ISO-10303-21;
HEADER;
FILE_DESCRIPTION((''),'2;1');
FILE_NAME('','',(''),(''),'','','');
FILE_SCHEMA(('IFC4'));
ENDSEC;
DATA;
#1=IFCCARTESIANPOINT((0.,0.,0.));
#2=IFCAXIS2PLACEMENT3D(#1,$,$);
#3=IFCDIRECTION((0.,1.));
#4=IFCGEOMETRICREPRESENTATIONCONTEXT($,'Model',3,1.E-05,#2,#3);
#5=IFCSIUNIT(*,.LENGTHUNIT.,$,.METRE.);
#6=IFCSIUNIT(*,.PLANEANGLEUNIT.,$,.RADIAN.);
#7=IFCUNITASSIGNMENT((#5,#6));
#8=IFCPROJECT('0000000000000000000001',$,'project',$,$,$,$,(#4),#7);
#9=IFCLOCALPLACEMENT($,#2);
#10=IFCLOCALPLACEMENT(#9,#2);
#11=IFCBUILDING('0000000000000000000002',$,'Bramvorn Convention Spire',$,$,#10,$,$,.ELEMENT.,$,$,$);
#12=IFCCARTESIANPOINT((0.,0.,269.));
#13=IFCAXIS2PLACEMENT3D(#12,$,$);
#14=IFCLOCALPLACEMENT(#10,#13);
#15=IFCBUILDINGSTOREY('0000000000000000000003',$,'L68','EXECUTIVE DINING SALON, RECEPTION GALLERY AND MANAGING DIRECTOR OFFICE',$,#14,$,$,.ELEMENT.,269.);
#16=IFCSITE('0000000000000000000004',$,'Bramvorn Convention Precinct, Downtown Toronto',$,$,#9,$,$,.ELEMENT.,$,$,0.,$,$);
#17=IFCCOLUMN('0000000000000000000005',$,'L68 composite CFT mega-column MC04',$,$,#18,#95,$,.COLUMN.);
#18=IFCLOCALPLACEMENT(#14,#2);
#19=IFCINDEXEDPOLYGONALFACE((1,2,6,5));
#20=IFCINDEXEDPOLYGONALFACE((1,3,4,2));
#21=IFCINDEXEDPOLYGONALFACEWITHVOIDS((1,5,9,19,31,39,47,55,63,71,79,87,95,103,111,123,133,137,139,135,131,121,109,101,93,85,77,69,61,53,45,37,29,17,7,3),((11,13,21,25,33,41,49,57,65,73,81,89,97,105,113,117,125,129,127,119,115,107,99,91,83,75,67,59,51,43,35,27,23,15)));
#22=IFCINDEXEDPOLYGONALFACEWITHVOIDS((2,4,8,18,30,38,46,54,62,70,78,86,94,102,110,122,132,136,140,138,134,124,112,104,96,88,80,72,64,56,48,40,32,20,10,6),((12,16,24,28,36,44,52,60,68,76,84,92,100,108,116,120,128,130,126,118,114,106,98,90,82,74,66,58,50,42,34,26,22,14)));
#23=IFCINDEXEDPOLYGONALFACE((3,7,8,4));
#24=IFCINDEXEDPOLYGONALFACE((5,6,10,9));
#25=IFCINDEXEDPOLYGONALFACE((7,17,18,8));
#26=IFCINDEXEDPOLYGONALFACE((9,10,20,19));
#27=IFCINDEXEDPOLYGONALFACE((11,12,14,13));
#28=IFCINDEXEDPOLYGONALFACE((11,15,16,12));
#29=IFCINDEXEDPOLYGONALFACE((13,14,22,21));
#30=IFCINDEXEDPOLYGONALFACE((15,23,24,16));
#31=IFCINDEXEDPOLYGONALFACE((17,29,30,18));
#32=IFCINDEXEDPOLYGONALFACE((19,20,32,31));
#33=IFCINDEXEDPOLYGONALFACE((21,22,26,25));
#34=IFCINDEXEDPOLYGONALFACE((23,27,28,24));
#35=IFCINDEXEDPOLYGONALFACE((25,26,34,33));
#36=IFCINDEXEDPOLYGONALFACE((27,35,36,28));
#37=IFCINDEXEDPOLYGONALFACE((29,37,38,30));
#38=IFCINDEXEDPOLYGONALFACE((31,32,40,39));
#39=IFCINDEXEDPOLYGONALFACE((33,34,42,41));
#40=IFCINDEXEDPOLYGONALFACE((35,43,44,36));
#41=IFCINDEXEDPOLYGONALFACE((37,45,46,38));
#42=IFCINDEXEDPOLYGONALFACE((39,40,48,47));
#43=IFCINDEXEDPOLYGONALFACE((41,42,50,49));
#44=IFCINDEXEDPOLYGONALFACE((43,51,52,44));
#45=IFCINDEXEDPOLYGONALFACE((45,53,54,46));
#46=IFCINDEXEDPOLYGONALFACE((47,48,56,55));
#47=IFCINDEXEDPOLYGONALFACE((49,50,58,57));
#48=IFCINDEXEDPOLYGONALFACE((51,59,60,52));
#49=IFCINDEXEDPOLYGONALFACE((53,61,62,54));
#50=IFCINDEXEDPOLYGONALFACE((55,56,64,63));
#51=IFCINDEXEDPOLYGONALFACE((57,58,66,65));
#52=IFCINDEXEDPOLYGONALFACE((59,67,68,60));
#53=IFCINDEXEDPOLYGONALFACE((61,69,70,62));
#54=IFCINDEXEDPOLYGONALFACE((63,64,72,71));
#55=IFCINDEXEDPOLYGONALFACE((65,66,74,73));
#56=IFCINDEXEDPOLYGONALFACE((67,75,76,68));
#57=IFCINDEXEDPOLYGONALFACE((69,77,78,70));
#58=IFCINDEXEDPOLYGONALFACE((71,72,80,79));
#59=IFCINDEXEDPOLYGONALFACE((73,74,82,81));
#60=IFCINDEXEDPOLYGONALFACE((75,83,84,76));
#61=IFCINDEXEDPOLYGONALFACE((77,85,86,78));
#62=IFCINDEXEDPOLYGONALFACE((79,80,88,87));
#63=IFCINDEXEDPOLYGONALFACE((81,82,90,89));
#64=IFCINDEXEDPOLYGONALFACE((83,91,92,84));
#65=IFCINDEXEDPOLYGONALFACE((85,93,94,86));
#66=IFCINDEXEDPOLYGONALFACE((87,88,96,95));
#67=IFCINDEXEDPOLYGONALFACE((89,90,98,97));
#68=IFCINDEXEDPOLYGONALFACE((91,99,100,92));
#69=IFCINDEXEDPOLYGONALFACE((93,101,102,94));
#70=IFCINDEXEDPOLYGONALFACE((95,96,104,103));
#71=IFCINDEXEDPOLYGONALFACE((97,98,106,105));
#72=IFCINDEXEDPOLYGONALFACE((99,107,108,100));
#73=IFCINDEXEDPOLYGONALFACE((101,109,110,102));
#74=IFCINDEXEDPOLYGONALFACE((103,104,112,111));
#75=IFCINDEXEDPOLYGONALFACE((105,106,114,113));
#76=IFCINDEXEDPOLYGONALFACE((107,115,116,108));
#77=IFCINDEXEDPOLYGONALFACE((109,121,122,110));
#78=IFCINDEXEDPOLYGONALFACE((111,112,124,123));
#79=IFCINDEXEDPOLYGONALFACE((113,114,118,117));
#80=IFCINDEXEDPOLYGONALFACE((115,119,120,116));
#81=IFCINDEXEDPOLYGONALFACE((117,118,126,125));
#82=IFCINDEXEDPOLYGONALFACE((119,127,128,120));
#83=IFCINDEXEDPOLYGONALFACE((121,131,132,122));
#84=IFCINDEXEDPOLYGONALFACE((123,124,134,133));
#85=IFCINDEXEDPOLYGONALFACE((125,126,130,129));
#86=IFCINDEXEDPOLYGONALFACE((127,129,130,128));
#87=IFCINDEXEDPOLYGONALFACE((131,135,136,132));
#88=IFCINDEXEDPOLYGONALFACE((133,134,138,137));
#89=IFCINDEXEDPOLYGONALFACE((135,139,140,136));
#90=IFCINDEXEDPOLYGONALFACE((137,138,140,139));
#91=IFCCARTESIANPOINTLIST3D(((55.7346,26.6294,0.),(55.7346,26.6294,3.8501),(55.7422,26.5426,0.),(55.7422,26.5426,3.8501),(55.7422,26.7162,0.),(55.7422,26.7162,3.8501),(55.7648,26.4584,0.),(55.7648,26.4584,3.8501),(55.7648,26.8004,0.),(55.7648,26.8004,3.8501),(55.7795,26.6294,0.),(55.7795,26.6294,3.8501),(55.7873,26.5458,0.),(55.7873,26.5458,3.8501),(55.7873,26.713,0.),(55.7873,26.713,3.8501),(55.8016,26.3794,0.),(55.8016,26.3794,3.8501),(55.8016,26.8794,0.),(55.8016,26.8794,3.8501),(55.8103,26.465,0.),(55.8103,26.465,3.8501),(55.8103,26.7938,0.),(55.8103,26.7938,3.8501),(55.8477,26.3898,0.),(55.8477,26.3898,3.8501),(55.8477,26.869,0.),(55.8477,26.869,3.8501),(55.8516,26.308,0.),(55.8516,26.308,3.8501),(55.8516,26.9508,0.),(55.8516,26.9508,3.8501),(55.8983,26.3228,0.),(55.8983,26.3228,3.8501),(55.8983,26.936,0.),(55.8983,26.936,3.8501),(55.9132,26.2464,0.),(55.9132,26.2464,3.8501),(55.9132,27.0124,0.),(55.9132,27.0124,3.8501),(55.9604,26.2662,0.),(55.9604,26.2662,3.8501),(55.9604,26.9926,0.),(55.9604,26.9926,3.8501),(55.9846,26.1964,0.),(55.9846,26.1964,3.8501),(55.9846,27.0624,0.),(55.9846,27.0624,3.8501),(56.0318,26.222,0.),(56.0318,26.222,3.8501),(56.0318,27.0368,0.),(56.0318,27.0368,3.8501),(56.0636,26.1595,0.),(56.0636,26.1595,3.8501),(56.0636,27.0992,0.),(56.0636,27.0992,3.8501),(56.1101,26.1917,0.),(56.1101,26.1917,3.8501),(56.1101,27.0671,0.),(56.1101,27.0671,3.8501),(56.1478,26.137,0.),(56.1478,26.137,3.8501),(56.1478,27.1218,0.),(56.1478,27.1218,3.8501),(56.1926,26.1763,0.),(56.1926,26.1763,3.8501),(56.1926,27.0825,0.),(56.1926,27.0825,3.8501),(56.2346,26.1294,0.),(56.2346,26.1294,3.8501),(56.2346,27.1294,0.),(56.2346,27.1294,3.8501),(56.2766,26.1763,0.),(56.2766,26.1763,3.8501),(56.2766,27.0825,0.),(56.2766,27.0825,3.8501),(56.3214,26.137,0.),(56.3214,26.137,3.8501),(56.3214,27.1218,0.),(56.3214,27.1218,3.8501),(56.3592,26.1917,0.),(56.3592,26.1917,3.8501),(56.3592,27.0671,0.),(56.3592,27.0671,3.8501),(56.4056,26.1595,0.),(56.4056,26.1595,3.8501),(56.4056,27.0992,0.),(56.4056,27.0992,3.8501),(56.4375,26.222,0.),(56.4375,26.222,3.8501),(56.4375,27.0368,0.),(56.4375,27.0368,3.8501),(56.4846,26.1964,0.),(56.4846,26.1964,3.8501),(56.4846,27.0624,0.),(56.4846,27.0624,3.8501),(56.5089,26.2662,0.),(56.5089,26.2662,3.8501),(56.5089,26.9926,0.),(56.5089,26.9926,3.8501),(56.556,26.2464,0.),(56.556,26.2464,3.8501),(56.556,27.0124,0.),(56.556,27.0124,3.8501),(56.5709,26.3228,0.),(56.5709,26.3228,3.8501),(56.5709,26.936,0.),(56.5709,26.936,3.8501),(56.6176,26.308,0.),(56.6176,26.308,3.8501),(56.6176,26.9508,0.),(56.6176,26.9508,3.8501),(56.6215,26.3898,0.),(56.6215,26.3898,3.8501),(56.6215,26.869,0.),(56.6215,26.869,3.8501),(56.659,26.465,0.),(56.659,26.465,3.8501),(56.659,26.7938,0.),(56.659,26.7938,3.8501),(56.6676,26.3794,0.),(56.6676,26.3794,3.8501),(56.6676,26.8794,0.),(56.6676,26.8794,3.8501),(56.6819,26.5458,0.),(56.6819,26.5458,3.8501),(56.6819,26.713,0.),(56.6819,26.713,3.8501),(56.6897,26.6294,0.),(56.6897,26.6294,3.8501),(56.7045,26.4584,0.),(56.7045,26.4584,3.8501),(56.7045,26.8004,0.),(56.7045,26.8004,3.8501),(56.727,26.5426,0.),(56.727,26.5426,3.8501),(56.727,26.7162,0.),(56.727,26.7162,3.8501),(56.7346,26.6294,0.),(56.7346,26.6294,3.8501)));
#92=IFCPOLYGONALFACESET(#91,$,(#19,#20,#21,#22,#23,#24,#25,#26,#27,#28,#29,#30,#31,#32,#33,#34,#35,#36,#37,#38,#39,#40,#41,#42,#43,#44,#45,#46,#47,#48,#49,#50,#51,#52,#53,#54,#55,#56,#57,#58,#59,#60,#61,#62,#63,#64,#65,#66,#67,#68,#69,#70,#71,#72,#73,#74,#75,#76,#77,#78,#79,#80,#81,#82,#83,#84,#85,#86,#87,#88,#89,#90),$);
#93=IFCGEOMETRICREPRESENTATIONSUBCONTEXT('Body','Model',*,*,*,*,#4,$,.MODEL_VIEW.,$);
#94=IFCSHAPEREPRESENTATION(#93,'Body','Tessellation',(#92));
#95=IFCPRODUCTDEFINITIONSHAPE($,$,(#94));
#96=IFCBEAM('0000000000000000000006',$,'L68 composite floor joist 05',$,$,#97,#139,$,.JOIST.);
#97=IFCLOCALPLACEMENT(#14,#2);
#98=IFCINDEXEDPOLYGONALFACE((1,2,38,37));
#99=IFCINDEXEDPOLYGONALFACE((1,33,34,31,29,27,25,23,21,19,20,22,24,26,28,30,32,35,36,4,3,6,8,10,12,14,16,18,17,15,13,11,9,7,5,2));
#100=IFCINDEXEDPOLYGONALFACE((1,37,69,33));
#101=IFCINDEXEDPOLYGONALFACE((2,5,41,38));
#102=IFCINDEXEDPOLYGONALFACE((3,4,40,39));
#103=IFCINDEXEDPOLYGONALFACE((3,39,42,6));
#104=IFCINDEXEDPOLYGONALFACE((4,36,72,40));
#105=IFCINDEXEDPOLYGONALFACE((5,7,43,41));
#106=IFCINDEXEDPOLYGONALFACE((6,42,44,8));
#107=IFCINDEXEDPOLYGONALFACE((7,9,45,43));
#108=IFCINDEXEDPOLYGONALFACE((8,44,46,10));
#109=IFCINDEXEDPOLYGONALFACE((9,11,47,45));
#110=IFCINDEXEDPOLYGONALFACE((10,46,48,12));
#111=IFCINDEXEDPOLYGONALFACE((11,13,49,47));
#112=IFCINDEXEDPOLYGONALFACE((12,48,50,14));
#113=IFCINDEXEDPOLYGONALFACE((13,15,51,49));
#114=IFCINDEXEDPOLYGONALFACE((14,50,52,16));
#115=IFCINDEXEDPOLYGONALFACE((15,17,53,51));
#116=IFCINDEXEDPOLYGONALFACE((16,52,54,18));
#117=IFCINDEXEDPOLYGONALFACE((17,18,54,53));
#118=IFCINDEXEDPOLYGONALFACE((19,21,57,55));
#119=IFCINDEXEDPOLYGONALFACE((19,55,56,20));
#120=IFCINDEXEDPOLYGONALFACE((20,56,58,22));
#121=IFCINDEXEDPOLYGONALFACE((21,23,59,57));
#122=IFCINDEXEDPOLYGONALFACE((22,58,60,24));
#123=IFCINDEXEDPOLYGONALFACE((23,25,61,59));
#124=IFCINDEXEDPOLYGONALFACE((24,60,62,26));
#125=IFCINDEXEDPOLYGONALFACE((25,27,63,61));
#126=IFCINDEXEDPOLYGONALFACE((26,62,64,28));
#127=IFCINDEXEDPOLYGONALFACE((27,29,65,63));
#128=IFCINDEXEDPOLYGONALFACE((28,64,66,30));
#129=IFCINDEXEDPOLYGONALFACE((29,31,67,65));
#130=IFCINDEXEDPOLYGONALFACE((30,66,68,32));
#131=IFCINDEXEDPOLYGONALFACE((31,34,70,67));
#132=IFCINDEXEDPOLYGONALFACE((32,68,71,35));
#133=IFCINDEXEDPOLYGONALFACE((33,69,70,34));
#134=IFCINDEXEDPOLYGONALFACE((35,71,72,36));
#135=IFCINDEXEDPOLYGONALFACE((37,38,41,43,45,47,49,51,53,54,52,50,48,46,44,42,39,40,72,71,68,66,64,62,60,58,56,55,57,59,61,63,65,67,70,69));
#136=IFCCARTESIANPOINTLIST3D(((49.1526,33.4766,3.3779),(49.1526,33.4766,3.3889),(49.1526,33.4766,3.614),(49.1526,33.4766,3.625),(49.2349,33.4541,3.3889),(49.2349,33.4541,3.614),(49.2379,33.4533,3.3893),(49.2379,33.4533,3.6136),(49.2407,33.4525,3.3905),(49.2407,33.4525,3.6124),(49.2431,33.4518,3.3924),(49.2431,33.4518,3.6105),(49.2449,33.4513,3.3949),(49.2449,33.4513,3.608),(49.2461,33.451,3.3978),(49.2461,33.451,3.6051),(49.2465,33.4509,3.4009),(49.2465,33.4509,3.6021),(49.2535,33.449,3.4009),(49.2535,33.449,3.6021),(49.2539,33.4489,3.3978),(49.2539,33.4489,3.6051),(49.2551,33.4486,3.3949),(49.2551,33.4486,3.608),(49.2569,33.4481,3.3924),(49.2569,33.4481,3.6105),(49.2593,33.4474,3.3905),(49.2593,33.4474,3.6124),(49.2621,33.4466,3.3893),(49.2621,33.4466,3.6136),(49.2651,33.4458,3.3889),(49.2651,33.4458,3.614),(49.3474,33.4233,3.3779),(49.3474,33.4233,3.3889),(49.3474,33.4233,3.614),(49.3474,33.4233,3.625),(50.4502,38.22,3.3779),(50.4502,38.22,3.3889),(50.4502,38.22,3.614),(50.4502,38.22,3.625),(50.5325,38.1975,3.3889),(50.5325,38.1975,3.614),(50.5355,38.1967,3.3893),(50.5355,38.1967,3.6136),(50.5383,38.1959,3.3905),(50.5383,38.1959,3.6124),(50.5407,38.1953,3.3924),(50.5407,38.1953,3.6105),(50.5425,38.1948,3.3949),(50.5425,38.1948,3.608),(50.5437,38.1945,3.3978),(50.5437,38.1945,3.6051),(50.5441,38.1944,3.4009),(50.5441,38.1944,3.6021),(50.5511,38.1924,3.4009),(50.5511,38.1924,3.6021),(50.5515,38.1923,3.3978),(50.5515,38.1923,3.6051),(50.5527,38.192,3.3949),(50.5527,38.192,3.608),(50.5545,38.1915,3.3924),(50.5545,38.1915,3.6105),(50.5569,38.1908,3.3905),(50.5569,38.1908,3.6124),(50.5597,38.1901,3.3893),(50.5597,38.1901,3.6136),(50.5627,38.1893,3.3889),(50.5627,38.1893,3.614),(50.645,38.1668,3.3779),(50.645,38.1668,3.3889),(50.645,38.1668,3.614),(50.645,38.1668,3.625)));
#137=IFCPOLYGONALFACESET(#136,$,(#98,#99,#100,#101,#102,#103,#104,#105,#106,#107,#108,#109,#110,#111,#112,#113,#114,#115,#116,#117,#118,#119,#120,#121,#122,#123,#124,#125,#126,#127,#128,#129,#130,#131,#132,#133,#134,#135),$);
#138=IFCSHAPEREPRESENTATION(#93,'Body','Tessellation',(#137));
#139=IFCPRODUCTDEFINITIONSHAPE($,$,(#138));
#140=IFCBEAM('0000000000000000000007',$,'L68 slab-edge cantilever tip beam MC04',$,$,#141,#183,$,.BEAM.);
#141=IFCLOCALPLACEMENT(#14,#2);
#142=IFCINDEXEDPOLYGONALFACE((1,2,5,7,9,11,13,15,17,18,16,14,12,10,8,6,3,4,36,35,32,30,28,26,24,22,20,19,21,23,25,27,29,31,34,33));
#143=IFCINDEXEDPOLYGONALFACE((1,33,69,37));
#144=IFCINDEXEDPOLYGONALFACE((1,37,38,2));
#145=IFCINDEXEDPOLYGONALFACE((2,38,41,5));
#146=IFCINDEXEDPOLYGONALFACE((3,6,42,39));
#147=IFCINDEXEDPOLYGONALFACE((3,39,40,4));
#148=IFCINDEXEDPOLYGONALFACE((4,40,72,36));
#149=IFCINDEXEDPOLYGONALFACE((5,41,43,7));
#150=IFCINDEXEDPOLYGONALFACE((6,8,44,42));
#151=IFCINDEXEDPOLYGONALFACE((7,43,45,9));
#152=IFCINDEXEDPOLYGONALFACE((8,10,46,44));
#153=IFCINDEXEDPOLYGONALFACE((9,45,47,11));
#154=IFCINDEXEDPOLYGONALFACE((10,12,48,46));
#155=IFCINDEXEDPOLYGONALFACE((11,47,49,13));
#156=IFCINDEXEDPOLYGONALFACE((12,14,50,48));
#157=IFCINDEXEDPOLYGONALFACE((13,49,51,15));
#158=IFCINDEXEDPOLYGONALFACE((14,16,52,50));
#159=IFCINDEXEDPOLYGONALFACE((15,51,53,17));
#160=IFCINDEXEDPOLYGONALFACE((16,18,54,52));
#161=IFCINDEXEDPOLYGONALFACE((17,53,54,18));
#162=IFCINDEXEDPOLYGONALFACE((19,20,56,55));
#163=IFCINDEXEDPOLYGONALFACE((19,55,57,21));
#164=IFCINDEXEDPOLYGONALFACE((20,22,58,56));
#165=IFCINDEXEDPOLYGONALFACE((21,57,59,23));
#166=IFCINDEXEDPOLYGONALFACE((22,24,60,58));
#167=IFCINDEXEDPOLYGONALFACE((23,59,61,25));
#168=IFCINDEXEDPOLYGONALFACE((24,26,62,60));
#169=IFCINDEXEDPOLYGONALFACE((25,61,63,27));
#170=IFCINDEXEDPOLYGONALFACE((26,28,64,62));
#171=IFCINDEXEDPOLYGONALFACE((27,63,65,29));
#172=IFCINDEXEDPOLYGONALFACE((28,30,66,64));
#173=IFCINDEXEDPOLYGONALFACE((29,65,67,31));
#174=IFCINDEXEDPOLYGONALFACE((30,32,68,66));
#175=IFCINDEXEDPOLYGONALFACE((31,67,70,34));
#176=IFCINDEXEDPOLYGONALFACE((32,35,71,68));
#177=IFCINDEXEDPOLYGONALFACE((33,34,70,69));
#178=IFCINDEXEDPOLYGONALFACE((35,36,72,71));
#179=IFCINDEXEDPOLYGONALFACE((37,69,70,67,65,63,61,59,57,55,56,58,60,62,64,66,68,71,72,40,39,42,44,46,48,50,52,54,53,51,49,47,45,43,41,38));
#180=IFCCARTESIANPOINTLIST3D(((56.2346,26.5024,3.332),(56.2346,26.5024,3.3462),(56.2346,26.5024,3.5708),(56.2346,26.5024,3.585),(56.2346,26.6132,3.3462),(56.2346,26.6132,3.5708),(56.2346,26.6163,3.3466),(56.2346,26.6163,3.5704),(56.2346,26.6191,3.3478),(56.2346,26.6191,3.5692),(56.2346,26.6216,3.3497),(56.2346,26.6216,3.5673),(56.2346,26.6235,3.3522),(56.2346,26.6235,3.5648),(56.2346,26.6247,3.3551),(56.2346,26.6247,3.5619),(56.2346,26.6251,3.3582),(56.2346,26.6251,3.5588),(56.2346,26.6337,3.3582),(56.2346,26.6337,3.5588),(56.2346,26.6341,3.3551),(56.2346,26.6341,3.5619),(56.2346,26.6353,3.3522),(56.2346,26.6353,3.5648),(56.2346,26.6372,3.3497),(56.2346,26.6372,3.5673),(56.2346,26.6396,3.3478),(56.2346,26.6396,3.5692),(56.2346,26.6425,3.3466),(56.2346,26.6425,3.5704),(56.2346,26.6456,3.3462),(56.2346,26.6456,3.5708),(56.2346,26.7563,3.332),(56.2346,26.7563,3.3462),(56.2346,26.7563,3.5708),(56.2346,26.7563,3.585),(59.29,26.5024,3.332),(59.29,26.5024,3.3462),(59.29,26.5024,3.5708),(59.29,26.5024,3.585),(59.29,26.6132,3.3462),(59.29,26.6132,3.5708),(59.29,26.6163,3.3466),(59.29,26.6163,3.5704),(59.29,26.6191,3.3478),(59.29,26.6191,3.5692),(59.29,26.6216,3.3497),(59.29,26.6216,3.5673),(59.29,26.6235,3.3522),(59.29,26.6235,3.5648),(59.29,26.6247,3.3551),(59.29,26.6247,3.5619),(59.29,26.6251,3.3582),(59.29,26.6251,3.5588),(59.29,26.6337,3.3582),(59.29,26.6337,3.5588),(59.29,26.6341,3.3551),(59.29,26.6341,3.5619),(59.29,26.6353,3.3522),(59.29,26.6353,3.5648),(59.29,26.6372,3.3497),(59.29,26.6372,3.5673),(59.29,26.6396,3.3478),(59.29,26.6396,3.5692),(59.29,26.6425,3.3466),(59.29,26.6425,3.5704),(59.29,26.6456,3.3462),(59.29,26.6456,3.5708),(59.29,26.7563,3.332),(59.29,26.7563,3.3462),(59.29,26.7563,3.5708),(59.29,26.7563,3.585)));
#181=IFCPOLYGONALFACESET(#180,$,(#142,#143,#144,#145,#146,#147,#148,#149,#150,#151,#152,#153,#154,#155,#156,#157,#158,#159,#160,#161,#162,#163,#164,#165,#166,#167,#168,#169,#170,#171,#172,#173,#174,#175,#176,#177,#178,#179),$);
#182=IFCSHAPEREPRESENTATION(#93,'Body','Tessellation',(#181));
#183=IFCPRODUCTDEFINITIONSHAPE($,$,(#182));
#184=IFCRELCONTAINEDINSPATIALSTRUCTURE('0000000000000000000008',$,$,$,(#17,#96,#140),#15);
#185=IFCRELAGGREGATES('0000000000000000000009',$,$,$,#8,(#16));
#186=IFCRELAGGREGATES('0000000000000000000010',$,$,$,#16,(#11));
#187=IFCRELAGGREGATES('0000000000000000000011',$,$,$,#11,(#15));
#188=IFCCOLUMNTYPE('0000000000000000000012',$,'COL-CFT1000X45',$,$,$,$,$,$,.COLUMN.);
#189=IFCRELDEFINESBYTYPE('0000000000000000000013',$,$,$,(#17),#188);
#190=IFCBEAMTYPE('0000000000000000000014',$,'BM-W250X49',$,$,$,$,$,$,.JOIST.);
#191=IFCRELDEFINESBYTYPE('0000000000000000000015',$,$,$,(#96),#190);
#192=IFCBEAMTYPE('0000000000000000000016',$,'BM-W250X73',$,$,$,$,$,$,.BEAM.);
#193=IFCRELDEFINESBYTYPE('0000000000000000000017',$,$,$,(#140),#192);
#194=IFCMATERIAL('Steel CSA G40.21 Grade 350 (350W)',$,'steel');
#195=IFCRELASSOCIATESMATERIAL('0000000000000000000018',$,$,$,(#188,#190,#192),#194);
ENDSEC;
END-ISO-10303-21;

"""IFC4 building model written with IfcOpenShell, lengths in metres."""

from ifc_helpers import new_model, si_unit, direction, frame, origin, origin_2d, place, context, subcontext, project, spatial, hollow_circle, i_section, extrude, material, material_profile, profile_set, type_object, element, save


model = new_model("IFC4")

# Units and contexts
model_context = context("Model", 3, precision=1e-05, world=origin(), true_north=direction((0.0, 1.0)))
body_context = subcontext(model_context, "Body", "Model", "MODEL_VIEW")
ifc_project = project(units=[si_unit("LENGTHUNIT", "METRE"), si_unit("PLANEANGLEUNIT", "RADIAN")], contexts=[model_context])

# Site, building, storey
site_placement = place(None, origin())
site = spatial("IfcSite", under=ifc_project, at=site_placement, Name="Bramvorn Convention Precinct, Downtown Toronto", CompositionType="ELEMENT", RefElevation=0.0)
building_placement = place(site_placement, origin())
building = spatial("IfcBuilding", under=site, at=building_placement, Name="Bramvorn Convention Spire", CompositionType="ELEMENT")
storey_placement = place(building_placement, frame((0.0, 0.0, 269.0)))
storey = spatial("IfcBuildingStorey", under=building, at=storey_placement, Name="L68", Description="EXECUTIVE DINING SALON, RECEPTION GALLERY AND MANAGING DIRECTOR OFFICE", CompositionType="ELEMENT", Elevation=269.0)

# Column
ifc_material_1 = material(Name="Steel CSA G40.21 Grade 350 (350W)", Category="steel")
ifc_material_profile_1 = material_profile(ifc_material_1, hollow_circle(Radius=0.5, WallThickness=0.0449, at=origin_2d()))
ifc_profile_set_1 = profile_set([ifc_material_profile_1], Name="Steel CSA G40.21 Grade 350 (350W) - CFT1000X45")
column_type = type_object("IfcColumnType", Name="COL-CFT1000X45", PredefinedType="COLUMN", material=ifc_profile_set_1)
column_placement = place(storey_placement, frame((56.2346, 26.6294, 0.0), z_axis=(0.0, 0.0, 1.0), x_axis=(1.0, 0.0, 0.0)))
element("IfcColumn", 1, at=column_placement, inside=storey, type_object=column_type, Name="L68 composite CFT mega-column MC04", PredefinedType="COLUMN", context=body_context, shape_type="SweptSolid", body=[
    extrude(hollow_circle(Radius=0.5, WallThickness=0.0449, at=origin_2d()), origin(), (0.0, 0.0, 1.0), 3.8501),
])

# Beams
ifc_material_profile_2 = material_profile(ifc_material_1, i_section(OverallWidth=0.2019, OverallDepth=0.2471, WebThickness=0.0073, FlangeThickness=0.011, FilletRadius=0.012, at=origin_2d()))
ifc_profile_set_2 = profile_set([ifc_material_profile_2], Name="Steel CSA G40.21 Grade 350 (350W) - W250X49")
beam_type_1 = type_object("IfcBeamType", Name="BM-W250X49", PredefinedType="JOIST", material=ifc_profile_set_2)
beam_1_placement = place(storey_placement, frame((49.25, 33.45, 3.5015), z_axis=(0.263865, 0.96456, 0.0), x_axis=(-0.96456, 0.263865, 0.0)))
element("IfcBeam", 2, at=beam_1_placement, inside=storey, type_object=beam_type_1, Name="L68 composite floor joist 05", PredefinedType="JOIST", context=body_context, shape_type="SweptSolid", body=[
    extrude(i_section(OverallWidth=0.2019, OverallDepth=0.2471, WebThickness=0.0073, FlangeThickness=0.011, FilletRadius=0.012, at=origin_2d()), origin(), (0.0, 0.0, 1.0), 4.9177),
])
ifc_material_profile_3 = material_profile(ifc_material_1, i_section(OverallWidth=0.2539, OverallDepth=0.2529, WebThickness=0.0085, FlangeThickness=0.0142, FilletRadius=0.012, at=origin_2d()))
ifc_profile_set_3 = profile_set([ifc_material_profile_3], Name="Steel CSA G40.21 Grade 350 (350W) - W250X73")
beam_type_2 = type_object("IfcBeamType", Name="BM-W250X73", PredefinedType="BEAM", material=ifc_profile_set_3)
beam_2_placement = place(storey_placement, frame((56.2346, 26.6294, 3.4585), z_axis=(1.0, 0.0, 0.0), x_axis=(0.0, 1.0, 0.0)))
element("IfcBeam", 3, at=beam_2_placement, inside=storey, type_object=beam_type_2, Name="L68 slab-edge cantilever tip beam MC04", PredefinedType="BEAM", context=body_context, shape_type="SweptSolid", body=[
    extrude(i_section(OverallWidth=0.2539, OverallDepth=0.2529, WebThickness=0.0085, FlangeThickness=0.0142, FilletRadius=0.012, at=origin_2d()), origin(), (0.0, 0.0, 1.0), 3.0554),
])

save(model, "model.ifc")
